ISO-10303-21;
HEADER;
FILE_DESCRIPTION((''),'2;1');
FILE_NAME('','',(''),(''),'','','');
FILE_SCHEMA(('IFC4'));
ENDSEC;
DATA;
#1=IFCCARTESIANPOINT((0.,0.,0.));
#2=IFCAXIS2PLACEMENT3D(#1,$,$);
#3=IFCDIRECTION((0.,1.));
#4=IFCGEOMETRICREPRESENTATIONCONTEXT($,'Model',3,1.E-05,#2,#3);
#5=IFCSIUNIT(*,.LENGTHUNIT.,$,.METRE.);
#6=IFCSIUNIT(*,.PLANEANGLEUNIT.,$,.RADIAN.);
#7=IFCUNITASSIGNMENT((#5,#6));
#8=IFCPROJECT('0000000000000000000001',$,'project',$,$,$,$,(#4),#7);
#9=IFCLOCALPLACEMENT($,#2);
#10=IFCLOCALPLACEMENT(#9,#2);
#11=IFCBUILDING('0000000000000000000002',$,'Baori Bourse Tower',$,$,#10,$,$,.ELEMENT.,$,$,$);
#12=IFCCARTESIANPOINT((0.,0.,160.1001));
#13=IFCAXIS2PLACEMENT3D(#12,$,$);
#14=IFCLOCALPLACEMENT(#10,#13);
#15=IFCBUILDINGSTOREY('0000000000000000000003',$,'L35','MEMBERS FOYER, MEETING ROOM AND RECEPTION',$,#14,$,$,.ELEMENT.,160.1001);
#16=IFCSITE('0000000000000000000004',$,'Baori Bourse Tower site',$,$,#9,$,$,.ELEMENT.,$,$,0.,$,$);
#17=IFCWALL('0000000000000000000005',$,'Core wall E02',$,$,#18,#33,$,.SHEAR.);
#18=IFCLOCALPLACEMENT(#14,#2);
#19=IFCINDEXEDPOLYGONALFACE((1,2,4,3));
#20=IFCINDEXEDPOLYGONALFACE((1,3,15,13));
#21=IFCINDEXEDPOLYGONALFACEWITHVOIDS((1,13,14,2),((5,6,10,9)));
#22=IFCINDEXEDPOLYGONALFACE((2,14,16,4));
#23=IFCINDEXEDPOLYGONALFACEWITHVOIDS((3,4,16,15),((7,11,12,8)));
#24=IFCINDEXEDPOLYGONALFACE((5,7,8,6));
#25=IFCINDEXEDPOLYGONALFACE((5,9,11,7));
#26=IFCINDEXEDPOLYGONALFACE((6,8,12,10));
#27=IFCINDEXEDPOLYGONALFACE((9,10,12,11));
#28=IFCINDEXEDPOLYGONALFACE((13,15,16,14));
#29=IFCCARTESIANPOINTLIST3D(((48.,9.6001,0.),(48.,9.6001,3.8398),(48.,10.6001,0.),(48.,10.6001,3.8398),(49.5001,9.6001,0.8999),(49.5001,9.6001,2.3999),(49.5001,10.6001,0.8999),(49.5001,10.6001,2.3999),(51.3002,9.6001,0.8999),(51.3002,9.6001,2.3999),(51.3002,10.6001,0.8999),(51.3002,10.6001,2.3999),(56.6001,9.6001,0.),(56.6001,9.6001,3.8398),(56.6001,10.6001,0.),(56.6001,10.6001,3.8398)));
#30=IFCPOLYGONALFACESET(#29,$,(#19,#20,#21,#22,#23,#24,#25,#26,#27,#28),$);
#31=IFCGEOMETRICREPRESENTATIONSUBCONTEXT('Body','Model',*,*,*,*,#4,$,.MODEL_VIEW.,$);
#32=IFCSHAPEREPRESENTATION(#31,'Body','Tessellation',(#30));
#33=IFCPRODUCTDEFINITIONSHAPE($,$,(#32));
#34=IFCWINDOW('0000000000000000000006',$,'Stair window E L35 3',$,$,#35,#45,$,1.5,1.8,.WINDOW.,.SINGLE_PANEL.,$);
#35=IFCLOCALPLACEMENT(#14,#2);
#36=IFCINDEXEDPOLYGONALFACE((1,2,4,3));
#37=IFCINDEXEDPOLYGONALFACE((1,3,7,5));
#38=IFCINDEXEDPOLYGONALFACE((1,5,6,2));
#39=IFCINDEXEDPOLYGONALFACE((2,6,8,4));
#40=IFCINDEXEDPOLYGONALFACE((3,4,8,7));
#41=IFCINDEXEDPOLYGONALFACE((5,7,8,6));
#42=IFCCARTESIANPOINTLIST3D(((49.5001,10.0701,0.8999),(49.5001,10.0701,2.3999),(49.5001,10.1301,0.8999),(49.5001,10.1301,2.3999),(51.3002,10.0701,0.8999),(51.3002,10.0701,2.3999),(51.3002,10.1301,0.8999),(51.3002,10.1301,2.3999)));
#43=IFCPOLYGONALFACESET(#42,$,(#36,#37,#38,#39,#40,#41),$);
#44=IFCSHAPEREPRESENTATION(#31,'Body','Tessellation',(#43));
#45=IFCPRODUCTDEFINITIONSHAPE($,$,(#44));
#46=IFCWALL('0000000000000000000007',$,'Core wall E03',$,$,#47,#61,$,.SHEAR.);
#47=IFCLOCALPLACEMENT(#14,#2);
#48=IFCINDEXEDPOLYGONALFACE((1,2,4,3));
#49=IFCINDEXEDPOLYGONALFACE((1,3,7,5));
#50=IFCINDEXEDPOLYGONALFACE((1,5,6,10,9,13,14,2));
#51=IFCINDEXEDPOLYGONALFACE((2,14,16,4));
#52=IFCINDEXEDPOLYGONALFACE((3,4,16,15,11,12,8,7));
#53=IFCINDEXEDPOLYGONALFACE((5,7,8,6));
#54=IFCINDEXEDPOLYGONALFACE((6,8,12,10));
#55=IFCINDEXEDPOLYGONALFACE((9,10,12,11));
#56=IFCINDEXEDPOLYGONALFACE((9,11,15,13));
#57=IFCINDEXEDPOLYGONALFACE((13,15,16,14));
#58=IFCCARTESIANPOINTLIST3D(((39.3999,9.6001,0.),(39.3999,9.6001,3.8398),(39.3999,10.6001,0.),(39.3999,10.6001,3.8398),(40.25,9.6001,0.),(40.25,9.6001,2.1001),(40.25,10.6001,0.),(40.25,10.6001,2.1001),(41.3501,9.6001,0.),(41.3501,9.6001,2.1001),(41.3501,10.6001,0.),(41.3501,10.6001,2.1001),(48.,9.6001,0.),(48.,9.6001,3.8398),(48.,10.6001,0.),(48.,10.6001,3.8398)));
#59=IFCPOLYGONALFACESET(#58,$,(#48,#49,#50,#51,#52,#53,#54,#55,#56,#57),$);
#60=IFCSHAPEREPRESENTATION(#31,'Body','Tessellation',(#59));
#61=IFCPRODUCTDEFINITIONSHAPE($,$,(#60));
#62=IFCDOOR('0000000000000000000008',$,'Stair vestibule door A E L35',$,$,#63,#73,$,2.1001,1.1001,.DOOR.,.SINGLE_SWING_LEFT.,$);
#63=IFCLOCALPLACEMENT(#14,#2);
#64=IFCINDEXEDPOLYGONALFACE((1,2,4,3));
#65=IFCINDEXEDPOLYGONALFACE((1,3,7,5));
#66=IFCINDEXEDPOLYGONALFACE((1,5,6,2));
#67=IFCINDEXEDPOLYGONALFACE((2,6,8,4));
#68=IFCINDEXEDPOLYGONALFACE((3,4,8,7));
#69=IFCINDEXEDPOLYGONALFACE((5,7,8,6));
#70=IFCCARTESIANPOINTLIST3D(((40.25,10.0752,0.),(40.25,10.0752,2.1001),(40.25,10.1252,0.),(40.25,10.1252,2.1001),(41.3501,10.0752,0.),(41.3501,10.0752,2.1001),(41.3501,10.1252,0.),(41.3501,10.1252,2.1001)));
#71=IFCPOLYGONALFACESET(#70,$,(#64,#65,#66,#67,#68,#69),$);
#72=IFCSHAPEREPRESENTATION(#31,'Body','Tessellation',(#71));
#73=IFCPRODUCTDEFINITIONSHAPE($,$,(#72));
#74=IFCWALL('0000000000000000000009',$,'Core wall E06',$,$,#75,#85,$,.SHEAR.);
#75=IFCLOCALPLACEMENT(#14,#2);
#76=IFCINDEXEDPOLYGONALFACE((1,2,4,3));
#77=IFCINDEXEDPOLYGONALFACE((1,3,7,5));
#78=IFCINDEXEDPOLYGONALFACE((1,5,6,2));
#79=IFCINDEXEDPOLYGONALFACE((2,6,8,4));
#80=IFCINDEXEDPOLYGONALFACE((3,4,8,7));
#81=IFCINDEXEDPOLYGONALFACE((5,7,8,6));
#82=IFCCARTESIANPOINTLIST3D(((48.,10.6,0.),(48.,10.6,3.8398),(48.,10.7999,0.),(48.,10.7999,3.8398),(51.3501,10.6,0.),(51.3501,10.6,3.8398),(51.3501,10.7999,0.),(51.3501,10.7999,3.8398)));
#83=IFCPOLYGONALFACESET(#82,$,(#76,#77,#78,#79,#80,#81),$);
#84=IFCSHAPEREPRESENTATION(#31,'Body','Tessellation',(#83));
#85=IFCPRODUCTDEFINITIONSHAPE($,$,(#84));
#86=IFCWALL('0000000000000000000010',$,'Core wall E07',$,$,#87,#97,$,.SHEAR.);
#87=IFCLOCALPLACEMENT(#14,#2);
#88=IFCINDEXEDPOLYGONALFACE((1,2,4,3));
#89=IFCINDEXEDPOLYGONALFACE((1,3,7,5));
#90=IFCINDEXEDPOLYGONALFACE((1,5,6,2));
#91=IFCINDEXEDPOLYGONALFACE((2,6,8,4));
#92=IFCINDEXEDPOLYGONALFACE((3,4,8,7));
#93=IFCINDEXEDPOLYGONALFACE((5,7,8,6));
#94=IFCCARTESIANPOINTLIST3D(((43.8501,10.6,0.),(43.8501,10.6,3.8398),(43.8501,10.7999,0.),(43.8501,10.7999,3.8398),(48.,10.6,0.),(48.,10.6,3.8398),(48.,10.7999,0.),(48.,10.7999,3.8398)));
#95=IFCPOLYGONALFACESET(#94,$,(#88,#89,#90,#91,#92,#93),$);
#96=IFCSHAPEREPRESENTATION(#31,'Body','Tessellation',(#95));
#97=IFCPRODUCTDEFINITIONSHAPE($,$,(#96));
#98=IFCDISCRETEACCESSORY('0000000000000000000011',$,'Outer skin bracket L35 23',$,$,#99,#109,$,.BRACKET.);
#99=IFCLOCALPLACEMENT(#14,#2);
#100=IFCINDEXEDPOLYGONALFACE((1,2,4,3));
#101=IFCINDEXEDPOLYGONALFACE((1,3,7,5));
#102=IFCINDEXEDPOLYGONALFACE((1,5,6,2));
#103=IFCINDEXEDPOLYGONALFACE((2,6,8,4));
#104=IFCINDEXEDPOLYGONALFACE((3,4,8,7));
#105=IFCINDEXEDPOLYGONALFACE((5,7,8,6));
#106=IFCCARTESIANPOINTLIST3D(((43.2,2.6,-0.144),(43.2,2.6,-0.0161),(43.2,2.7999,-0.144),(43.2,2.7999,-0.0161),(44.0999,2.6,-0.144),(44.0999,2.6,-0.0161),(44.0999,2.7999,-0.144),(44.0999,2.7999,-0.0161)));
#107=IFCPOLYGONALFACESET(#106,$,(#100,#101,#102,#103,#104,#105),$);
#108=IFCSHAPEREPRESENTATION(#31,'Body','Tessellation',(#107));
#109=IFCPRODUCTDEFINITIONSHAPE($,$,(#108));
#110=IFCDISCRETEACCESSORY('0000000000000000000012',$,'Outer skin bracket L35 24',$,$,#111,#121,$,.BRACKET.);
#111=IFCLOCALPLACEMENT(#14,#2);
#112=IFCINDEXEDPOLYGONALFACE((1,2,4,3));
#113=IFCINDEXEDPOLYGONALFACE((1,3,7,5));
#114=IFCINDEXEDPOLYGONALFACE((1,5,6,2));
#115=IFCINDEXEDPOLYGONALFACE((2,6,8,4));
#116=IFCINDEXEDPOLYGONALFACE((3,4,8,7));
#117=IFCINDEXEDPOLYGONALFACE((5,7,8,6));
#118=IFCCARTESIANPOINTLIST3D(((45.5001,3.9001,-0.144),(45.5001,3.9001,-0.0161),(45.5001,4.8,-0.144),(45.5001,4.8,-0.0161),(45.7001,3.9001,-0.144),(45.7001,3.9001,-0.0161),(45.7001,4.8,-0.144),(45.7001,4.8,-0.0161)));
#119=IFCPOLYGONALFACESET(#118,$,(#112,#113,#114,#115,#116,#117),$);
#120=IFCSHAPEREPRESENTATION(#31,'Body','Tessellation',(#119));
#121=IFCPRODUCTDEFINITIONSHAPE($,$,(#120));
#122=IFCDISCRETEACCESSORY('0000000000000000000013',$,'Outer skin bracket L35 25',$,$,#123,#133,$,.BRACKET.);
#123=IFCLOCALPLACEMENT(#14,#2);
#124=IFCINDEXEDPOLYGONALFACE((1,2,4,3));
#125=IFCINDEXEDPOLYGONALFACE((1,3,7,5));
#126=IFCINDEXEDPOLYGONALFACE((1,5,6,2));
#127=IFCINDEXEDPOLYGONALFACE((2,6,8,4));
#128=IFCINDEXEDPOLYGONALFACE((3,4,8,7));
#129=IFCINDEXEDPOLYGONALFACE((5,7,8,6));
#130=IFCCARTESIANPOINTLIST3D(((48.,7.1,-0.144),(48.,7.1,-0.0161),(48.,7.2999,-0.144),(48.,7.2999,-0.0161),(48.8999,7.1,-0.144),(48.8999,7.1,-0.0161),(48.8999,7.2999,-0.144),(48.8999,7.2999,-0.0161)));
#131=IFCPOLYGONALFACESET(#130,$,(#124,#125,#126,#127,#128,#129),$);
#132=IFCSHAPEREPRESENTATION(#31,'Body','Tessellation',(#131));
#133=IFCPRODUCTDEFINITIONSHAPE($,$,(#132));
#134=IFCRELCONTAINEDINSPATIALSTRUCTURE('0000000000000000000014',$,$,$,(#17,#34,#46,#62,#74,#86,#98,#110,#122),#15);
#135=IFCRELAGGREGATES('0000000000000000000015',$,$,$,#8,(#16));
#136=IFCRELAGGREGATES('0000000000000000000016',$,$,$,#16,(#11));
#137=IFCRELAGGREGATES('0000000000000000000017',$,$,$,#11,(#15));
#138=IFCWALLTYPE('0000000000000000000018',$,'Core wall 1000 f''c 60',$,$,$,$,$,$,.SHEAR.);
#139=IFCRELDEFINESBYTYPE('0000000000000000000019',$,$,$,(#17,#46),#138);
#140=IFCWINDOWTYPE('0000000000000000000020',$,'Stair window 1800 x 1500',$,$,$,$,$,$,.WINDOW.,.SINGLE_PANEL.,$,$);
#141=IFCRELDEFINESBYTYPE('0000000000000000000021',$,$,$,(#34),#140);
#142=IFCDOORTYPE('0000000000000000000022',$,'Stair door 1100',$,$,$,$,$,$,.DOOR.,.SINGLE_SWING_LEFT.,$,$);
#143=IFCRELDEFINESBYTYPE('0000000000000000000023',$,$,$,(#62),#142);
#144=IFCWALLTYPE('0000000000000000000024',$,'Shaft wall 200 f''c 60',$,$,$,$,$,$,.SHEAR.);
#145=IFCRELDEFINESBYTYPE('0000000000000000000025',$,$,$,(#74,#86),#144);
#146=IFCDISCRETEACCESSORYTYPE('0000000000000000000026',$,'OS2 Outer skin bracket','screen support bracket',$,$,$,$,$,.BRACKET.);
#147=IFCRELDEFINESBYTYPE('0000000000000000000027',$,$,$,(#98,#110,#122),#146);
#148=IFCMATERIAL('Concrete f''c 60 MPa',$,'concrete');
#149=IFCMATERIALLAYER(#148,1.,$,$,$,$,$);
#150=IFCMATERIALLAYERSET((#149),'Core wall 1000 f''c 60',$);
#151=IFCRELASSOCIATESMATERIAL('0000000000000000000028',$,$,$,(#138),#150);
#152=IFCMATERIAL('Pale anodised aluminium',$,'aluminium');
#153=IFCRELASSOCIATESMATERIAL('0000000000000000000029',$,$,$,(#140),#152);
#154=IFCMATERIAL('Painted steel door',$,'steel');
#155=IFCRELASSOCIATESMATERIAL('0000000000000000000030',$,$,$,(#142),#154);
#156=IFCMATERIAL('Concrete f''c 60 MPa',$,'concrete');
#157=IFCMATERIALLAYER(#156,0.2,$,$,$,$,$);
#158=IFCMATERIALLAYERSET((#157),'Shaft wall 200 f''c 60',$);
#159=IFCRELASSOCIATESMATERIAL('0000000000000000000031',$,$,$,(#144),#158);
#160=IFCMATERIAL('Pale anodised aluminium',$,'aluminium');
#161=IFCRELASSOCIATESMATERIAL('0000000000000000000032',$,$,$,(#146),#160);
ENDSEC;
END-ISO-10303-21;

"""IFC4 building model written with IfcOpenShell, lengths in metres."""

from ifc_helpers import new_model, si_unit, direction, frame, frame_2d, origin, origin_2d, place, context, subcontext, project, spatial, rectangle, extrude, material, layer, layer_set, type_object, element, fill, save


model = new_model("IFC4")

# Units and contexts
model_context = context("Model", 3, precision=1e-05, world=origin(), true_north=direction((0.0, 1.0)))
body_context = subcontext(model_context, "Body", "Model", "MODEL_VIEW")
ifc_project = project(units=[si_unit("LENGTHUNIT", "METRE"), si_unit("PLANEANGLEUNIT", "RADIAN")], contexts=[model_context])

# Site, building, storey
site_placement = place(None, origin())
site = spatial("IfcSite", under=ifc_project, at=site_placement, Name="Baori Bourse Tower site", CompositionType="ELEMENT", RefElevation=0.0)
building_placement = place(site_placement, origin())
building = spatial("IfcBuilding", under=site, at=building_placement, Name="Baori Bourse Tower", CompositionType="ELEMENT")
storey_placement = place(building_placement, frame((0.0, 0.0, 160.1001)))
storey = spatial("IfcBuildingStorey", under=building, at=storey_placement, Name="L35", Description="MEMBERS FOYER, MEETING ROOM AND RECEPTION", CompositionType="ELEMENT", Elevation=160.1001)

# Wall, opening, window
ifc_material_1 = material(Name="Concrete f'c 60 MPa", Category="concrete")
ifc_layer_1 = layer(ifc_material_1, 1.0)
ifc_layer_set_1 = layer_set([ifc_layer_1], Name="Core wall 1000 f'c 60")
wall_type_1 = type_object("IfcWallType", Name="Core wall 1000 f'c 60", PredefinedType="SHEAR", material=ifc_layer_set_1)
wall_1_placement = place(storey_placement, frame((56.6001, 10.1001, 0.0), z_axis=(0.0, 0.0, 1.0), x_axis=(-1.0, 0.0, 0.0)))
wall_1 = element("IfcWall", 1, at=wall_1_placement, inside=storey, type_object=wall_type_1, Name="Core wall E02", PredefinedType="SHEAR", context=body_context, shape_type="SweptSolid", body=[
    extrude(rectangle(XDim=8.6001, YDim=1.0, at=frame_2d((4.3, 0.0))), origin(), (0.0, 0.0, 1.0), 3.8398),
])
opening_1_placement = place(wall_1_placement, frame((5.3, 0.0, 0.8999)))
opening_1 = element("IfcOpeningElement", 2, at=opening_1_placement, cuts=wall_1, PredefinedType="OPENING", context=body_context, shape_type="SweptSolid", body=[
    extrude(rectangle(XDim=1.8, YDim=1.5, at=frame_2d((0.8999, 0.75))), frame((0.0, 0.51, 0.0), z_axis=(0.0, -1.0, 0.0), x_axis=(1.0, 0.0, 0.0)), (0.0, 0.0, 1.0), 1.02),
])
ifc_material_2 = material(Name="Pale anodised aluminium", Category="aluminium")
window_type = type_object("IfcWindowType", Name="Stair window 1800 x 1500", PartitioningType="SINGLE_PANEL", PredefinedType="WINDOW", material=ifc_material_2)
window_placement = place(opening_1_placement, origin())
window = element("IfcWindow", 3, at=window_placement, inside=storey, type_object=window_type, Name="Stair window E L35 3", OverallHeight=1.5, OverallWidth=1.8, PartitioningType="SINGLE_PANEL", PredefinedType="WINDOW", context=body_context, shape_type="SweptSolid", body=[
    extrude(rectangle(XDim=1.8, YDim=1.5, at=frame_2d((0.8999, 0.75))), frame((0.0, 0.03, 0.0), z_axis=(0.0, -1.0, 0.0), x_axis=(1.0, 0.0, 0.0)), (0.0, 0.0, 1.0), 0.0601),
])
fill(opening_1, window)

# Wall, opening, door
wall_2_placement = place(storey_placement, frame((48.0, 10.1001, 0.0), z_axis=(0.0, 0.0, 1.0), x_axis=(-1.0, 0.0, 0.0)))
wall_2 = element("IfcWall", 4, at=wall_2_placement, inside=storey, type_object=wall_type_1, Name="Core wall E03", PredefinedType="SHEAR", context=body_context, shape_type="SweptSolid", body=[
    extrude(rectangle(XDim=8.6001, YDim=1.0, at=frame_2d((4.3, 0.0))), origin(), (0.0, 0.0, 1.0), 3.8398),
])
opening_2_placement = place(wall_2_placement, frame((6.6499, 0.0, 0.0)))
opening_2 = element("IfcOpeningElement", 5, at=opening_2_placement, cuts=wall_2, PredefinedType="OPENING", context=body_context, shape_type="SweptSolid", body=[
    extrude(rectangle(XDim=1.1001, YDim=2.1001, at=frame_2d((0.55, 1.05))), frame((0.0, 0.51, 0.0), z_axis=(0.0, -1.0, 0.0), x_axis=(1.0, 0.0, 0.0)), (0.0, 0.0, 1.0), 1.02),
])
ifc_material_3 = material(Name="Painted steel door", Category="steel")
door_type = type_object("IfcDoorType", Name="Stair door 1100", OperationType="SINGLE_SWING_LEFT", PredefinedType="DOOR", material=ifc_material_3)
door_placement = place(opening_2_placement, origin())
door = element("IfcDoor", 6, at=door_placement, inside=storey, type_object=door_type, Name="Stair vestibule door A E L35", OperationType="SINGLE_SWING_LEFT", OverallHeight=2.1001, OverallWidth=1.1001, PredefinedType="DOOR", context=body_context, shape_type="SweptSolid", body=[
    extrude(rectangle(XDim=1.1001, YDim=2.1001, at=frame_2d((0.55, 1.05))), frame((0.0, 0.0249, 0.0), z_axis=(0.0, -1.0, 0.0), x_axis=(1.0, 0.0, 0.0)), (0.0, 0.0, 1.0), 0.05),
])
fill(opening_2, door)

# Walls
ifc_material_4 = material(Name="Concrete f'c 60 MPa", Category="concrete")
ifc_layer_2 = layer(ifc_material_4, 0.2)
ifc_layer_set_2 = layer_set([ifc_layer_2], Name="Shaft wall 200 f'c 60")
wall_type_2 = type_object("IfcWallType", Name="Shaft wall 200 f'c 60", PredefinedType="SHEAR", material=ifc_layer_set_2)
wall_3_placement = place(storey_placement, frame((48.0, 10.7, 0.0), z_axis=(0.0, 0.0, 1.0), x_axis=(1.0, 0.0, 0.0)))
element("IfcWall", 7, at=wall_3_placement, inside=storey, type_object=wall_type_2, Name="Core wall E06", PredefinedType="SHEAR", context=body_context, shape_type="SweptSolid", body=[
    extrude(rectangle(XDim=3.3501, YDim=0.2, at=frame_2d((1.675, 0.0))), origin(), (0.0, 0.0, 1.0), 3.8398),
])
wall_4_placement = place(storey_placement, frame((43.8501, 10.7, 0.0), z_axis=(0.0, 0.0, 1.0), x_axis=(1.0, 0.0, 0.0)))
element("IfcWall", 8, at=wall_4_placement, inside=storey, type_object=wall_type_2, Name="Core wall E07", PredefinedType="SHEAR", context=body_context, shape_type="SweptSolid", body=[
    extrude(rectangle(XDim=4.1499, YDim=0.2, at=frame_2d((2.075, 0.0))), origin(), (0.0, 0.0, 1.0), 3.8398),
])

# Discrete accessories
ifc_material_5 = material(Name="Pale anodised aluminium", Category="aluminium")
discrete_accessory_type = type_object("IfcDiscreteAccessoryType", Name="OS2 Outer skin bracket", Description="screen support bracket", PredefinedType="BRACKET", material=ifc_material_5)
for number, where, z_axis, x_axis, name in (
    (9, (43.6499, 2.7, -0.144), (0.0, 0.0, 1.0), (0.0, 1.0, 0.0), "Outer skin bracket L35 23"),
    (10, (45.6001, 4.3501, -0.144), (0.0, 0.0, 1.0), (1.0, 0.0, 0.0), "Outer skin bracket L35 24"),
    (11, (48.45, 7.2, -0.144), (0.0, 0.0, 1.0), (0.0, 1.0, 0.0), "Outer skin bracket L35 25"),
):
    element("IfcDiscreteAccessory", number, at=place(storey_placement, frame(where, z_axis=z_axis, x_axis=x_axis)), inside=storey, type_object=discrete_accessory_type, Name=name, PredefinedType="BRACKET", context=body_context, shape_type="SweptSolid", body=[
        extrude(rectangle(XDim=0.2, YDim=0.8999, at=origin_2d()), origin(), (0.0, 0.0, 1.0), 0.1279),
    ])

save(model, "model.ifc")
